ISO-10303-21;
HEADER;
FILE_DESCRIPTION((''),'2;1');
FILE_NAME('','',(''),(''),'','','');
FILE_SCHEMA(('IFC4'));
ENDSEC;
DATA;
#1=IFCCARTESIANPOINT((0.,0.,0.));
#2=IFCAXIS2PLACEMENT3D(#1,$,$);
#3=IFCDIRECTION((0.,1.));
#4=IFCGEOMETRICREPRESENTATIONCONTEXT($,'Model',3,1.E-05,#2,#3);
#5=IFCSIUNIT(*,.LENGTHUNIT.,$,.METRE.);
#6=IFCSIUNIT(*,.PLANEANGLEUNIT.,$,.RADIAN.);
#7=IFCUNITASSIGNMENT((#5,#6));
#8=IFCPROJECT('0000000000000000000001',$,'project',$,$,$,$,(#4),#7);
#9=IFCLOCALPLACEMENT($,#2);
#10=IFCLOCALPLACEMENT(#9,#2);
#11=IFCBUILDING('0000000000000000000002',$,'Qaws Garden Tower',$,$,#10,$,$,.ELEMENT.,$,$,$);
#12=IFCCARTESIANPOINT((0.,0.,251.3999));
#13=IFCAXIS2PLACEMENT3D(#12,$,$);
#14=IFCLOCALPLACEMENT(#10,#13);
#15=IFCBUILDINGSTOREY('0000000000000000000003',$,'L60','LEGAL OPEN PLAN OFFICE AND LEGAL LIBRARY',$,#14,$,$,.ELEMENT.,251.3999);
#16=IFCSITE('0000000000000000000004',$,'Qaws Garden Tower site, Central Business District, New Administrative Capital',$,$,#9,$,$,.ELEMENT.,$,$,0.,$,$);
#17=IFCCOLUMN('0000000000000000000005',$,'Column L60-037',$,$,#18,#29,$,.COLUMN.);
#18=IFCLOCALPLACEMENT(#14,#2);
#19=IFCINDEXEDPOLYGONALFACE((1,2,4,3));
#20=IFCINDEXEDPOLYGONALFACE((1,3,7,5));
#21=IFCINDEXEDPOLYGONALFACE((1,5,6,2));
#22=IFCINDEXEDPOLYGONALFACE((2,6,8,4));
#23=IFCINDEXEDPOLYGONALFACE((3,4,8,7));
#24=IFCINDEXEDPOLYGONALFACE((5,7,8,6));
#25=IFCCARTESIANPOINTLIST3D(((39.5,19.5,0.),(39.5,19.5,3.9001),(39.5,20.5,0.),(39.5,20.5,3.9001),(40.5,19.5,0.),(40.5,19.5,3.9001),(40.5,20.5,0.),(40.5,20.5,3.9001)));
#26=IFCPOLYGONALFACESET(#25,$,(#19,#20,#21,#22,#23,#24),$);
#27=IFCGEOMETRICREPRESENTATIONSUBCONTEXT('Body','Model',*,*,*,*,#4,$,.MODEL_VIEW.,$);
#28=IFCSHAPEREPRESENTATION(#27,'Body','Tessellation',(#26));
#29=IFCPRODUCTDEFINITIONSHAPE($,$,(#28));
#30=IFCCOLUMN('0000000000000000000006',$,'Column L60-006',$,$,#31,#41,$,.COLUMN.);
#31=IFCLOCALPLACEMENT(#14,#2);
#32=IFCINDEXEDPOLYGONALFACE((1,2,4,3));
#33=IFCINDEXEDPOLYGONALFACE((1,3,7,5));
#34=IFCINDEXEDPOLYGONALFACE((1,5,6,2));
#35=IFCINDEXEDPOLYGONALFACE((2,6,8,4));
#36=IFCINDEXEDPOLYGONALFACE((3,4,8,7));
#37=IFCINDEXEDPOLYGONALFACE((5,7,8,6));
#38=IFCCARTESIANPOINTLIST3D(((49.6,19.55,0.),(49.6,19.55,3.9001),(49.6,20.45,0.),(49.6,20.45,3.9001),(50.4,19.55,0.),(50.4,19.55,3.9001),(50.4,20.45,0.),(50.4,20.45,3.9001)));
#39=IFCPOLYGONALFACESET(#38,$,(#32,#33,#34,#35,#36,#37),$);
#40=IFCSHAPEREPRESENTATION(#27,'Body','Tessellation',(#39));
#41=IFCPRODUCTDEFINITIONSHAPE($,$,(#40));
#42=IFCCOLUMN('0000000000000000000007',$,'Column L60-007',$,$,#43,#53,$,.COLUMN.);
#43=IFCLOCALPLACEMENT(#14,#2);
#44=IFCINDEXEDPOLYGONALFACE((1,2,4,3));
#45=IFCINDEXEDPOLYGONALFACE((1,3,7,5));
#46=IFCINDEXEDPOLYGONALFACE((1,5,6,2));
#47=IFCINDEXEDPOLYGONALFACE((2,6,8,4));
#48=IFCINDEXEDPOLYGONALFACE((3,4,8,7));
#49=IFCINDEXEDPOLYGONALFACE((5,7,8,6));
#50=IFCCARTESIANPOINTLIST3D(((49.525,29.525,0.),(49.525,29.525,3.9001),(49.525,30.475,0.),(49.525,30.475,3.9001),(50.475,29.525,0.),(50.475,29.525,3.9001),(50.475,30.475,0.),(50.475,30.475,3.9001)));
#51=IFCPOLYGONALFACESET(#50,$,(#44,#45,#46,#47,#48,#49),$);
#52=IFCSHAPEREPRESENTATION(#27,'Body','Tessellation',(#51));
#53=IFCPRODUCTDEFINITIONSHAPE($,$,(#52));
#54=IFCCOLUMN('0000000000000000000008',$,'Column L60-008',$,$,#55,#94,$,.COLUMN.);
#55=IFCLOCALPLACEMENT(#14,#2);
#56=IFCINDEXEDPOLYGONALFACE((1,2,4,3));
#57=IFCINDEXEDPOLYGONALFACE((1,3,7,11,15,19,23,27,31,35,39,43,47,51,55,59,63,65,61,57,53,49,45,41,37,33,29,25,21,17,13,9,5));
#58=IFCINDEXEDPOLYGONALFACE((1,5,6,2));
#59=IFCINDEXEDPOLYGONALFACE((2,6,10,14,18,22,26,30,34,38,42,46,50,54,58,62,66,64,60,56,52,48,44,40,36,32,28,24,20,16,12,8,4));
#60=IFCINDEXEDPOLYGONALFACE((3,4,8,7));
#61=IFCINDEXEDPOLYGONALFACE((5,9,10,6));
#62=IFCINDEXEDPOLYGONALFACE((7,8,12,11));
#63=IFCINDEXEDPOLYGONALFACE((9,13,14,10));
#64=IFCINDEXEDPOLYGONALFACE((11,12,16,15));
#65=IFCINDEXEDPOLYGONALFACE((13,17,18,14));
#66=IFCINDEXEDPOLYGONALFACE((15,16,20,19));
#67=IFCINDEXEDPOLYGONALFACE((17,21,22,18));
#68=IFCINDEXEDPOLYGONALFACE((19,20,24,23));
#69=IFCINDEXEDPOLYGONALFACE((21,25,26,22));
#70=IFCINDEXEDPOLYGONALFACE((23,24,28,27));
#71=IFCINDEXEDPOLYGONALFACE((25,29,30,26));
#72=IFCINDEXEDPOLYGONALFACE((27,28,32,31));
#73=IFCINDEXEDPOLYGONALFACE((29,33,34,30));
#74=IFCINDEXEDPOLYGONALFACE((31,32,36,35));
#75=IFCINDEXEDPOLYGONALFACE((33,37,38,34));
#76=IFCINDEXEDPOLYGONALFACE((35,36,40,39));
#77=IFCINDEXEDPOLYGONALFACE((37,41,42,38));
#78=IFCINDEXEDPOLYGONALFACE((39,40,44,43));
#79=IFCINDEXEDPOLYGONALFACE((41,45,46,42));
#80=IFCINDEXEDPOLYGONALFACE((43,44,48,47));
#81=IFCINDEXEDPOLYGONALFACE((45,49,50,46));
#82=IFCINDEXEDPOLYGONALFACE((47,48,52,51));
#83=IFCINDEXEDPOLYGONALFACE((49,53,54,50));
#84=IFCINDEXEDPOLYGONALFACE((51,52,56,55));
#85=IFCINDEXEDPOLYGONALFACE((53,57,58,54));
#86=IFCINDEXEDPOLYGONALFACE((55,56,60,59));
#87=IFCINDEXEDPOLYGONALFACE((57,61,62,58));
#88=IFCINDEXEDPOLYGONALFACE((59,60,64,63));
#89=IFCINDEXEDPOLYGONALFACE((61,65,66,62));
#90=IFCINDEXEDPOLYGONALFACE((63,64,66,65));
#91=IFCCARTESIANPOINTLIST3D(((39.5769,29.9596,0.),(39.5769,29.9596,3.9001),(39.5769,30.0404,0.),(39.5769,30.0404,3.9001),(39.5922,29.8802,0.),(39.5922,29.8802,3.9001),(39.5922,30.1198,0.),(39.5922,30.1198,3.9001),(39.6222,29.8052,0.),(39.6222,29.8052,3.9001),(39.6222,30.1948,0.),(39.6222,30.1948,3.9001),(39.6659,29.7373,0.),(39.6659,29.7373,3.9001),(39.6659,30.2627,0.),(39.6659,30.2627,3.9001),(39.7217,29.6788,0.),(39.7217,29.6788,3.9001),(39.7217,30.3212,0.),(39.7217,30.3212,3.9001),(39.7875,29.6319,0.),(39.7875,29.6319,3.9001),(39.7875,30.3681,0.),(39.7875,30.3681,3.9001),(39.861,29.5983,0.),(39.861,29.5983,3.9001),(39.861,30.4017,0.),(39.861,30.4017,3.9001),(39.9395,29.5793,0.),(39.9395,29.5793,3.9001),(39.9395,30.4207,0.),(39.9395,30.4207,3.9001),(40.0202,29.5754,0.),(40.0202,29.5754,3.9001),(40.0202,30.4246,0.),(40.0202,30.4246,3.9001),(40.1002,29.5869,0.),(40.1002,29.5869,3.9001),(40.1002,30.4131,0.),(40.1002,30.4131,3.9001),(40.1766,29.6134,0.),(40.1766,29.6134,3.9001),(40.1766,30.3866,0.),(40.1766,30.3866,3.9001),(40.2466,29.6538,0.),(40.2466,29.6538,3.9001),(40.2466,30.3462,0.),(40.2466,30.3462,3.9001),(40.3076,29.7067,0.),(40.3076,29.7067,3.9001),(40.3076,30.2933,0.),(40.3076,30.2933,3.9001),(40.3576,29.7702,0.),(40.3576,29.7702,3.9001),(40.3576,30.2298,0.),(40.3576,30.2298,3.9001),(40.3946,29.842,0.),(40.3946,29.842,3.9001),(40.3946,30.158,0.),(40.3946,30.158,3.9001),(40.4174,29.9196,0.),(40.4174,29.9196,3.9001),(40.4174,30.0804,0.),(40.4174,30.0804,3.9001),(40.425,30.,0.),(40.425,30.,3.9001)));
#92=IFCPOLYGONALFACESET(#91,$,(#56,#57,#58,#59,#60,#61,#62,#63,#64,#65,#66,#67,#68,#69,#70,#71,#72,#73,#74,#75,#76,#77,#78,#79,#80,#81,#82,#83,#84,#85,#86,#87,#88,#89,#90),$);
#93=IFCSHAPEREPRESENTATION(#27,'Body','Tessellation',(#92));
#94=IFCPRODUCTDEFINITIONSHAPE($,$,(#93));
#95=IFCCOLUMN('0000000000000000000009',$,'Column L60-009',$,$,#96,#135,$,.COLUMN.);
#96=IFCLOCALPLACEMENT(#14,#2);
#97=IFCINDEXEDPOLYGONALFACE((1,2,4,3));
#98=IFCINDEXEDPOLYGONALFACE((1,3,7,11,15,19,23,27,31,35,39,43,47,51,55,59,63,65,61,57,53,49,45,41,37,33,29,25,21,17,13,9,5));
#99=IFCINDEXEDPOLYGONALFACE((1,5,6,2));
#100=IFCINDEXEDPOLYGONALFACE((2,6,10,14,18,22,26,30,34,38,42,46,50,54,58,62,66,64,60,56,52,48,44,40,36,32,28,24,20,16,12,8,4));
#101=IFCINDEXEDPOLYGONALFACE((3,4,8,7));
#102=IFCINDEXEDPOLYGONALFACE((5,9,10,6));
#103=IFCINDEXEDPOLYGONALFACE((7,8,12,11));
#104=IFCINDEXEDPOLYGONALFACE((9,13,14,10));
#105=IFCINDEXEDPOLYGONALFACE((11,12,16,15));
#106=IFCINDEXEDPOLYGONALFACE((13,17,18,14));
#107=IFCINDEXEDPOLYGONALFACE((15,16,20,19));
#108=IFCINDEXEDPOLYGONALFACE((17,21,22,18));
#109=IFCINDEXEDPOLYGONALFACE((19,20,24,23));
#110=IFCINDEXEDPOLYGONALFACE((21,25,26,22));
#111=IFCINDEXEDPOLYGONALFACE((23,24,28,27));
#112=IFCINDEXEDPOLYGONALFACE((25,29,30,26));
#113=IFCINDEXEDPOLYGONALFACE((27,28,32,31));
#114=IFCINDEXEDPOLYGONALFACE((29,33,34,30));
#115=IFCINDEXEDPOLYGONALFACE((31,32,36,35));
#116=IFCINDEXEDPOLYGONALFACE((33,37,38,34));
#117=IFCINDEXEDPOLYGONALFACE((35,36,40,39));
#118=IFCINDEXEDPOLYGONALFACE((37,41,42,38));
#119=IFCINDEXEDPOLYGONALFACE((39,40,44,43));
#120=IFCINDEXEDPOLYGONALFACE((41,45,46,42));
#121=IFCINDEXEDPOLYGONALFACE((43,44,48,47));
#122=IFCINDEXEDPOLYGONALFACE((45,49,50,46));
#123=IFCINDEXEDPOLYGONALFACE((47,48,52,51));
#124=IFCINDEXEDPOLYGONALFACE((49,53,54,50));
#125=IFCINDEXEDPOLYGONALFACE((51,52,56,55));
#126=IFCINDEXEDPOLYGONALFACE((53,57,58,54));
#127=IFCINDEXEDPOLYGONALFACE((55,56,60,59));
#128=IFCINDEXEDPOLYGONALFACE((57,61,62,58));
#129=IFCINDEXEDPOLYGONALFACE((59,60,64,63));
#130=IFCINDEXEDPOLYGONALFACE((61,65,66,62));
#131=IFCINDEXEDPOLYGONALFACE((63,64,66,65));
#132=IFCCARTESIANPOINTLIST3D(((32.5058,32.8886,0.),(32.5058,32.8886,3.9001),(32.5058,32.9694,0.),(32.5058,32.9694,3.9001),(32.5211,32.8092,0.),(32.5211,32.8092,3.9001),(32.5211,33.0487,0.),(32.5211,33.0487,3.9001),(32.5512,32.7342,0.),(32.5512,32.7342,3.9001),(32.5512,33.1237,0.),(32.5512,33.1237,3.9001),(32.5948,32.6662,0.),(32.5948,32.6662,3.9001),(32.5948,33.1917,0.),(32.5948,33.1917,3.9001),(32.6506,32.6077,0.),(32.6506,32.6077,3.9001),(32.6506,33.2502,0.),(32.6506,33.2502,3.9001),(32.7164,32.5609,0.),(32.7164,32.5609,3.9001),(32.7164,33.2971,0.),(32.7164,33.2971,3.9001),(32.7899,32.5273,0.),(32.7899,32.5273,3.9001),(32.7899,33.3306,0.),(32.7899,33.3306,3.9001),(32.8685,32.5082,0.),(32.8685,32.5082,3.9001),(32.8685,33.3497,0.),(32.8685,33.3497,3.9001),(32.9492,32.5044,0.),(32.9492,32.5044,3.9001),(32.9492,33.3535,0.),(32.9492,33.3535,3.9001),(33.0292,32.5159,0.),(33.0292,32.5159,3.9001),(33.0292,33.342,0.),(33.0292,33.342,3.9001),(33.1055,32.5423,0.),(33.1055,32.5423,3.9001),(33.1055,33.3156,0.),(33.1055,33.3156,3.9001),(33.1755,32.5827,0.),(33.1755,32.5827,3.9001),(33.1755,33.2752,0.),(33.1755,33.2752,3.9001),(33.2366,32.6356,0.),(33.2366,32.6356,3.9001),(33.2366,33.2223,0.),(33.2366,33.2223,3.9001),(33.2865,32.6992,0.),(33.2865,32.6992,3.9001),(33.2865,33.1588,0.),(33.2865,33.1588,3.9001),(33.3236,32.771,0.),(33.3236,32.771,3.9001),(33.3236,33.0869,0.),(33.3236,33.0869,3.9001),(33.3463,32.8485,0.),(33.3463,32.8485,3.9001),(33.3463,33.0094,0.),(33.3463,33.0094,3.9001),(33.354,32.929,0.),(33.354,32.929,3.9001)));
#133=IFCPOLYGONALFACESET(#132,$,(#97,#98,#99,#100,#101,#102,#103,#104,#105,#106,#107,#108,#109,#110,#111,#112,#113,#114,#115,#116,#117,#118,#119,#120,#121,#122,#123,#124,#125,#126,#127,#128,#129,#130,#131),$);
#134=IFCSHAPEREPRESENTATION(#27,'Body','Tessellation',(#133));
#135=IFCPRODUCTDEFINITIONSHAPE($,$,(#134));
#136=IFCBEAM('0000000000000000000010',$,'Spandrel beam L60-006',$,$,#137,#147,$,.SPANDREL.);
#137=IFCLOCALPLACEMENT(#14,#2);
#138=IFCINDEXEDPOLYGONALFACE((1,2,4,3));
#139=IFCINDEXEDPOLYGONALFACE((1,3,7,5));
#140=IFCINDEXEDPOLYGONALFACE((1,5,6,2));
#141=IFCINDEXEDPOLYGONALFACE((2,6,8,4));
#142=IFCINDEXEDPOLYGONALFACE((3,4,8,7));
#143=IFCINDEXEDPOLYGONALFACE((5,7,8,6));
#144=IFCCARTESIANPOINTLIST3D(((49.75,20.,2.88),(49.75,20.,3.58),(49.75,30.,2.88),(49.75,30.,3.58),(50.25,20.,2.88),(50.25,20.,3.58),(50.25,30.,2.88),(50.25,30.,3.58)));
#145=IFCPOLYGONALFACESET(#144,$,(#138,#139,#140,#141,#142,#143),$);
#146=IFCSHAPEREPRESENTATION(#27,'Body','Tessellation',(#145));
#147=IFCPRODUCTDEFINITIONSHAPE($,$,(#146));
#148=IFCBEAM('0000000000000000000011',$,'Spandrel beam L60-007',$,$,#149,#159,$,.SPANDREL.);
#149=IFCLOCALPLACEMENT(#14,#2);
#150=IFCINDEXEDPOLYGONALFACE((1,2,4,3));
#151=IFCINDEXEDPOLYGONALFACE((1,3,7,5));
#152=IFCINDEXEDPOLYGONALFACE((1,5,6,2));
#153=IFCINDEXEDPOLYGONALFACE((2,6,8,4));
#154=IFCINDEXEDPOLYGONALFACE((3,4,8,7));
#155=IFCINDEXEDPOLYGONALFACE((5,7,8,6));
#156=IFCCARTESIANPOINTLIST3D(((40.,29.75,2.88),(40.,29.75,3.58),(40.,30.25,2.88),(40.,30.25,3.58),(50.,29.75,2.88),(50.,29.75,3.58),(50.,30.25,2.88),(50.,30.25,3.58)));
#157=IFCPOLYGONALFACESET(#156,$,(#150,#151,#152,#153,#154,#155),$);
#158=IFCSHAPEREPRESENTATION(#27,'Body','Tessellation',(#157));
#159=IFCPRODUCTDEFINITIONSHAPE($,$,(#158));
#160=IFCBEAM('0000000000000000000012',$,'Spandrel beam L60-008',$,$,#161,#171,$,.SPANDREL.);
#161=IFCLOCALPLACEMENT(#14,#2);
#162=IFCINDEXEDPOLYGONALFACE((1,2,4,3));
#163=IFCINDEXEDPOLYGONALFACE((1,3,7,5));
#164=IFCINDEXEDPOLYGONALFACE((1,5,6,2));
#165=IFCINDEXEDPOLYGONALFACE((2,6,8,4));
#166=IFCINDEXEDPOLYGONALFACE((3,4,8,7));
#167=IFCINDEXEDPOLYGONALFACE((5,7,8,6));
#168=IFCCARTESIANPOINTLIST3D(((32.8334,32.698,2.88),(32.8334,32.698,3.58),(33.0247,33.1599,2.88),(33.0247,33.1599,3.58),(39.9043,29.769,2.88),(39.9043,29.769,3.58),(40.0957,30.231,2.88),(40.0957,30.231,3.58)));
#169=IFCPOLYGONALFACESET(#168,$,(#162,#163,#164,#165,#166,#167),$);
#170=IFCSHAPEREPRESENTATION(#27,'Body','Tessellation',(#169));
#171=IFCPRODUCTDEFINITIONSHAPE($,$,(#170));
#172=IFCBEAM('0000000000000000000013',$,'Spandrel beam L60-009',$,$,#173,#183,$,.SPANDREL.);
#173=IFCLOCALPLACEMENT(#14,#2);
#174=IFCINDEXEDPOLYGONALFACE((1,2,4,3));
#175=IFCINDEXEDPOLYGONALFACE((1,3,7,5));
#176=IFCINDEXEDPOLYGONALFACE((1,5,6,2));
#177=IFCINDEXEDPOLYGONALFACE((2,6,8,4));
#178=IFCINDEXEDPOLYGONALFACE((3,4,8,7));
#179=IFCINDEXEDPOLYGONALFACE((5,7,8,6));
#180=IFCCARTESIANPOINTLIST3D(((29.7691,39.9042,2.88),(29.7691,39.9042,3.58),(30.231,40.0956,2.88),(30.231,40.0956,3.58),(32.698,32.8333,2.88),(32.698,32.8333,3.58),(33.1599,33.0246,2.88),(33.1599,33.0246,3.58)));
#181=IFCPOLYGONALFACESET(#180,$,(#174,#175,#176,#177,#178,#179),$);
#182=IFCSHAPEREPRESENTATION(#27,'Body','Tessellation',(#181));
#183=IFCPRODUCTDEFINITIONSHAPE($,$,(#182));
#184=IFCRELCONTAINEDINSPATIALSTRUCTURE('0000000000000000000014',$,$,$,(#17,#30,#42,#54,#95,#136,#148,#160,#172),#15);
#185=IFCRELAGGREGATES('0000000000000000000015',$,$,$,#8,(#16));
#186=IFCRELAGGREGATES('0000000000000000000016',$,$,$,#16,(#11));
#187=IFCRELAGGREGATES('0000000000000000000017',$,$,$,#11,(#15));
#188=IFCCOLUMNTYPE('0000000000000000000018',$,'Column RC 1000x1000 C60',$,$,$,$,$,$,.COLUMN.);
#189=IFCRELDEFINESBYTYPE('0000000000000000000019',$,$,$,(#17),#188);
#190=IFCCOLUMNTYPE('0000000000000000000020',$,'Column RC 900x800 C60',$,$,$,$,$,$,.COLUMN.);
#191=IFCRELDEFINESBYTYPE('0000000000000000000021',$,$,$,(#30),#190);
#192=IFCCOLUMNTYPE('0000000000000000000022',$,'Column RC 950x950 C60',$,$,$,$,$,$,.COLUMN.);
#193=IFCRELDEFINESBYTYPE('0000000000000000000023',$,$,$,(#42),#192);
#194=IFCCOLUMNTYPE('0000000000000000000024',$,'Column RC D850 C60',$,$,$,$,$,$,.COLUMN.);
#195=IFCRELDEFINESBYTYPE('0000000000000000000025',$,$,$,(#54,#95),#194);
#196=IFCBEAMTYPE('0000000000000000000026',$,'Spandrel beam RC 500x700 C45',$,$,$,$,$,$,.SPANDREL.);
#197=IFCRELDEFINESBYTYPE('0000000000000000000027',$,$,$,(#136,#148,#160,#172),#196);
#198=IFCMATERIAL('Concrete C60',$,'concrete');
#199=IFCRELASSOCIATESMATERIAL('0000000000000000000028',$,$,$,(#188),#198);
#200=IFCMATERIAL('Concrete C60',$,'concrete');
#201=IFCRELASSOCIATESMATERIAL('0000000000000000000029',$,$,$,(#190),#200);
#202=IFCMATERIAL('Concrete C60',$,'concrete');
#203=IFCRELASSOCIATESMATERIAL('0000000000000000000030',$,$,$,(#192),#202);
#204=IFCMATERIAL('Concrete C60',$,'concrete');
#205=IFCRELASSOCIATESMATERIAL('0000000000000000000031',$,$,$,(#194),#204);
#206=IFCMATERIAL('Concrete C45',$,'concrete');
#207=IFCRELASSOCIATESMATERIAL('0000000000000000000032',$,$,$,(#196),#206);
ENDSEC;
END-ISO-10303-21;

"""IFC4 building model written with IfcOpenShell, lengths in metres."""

from ifc_helpers import new_model, si_unit, direction, frame, origin, origin_2d, place, context, subcontext, project, spatial, rectangle, circle, extrude, material, material_profile, profile_set, type_object, element, save


model = new_model("IFC4")

# Units and contexts
model_context = context("Model", 3, precision=1e-05, world=origin(), true_north=direction((0.0, 1.0)))
body_context = subcontext(model_context, "Body", "Model", "MODEL_VIEW")
ifc_project = project(units=[si_unit("LENGTHUNIT", "METRE"), si_unit("PLANEANGLEUNIT", "RADIAN")], contexts=[model_context])

# Site, building, storey
site_placement = place(None, origin())
site = spatial("IfcSite", under=ifc_project, at=site_placement, Name="Qaws Garden Tower site, Central Business District, New Administrative Capital", CompositionType="ELEMENT", RefElevation=0.0)
building_placement = place(site_placement, origin())
building = spatial("IfcBuilding", under=site, at=building_placement, Name="Qaws Garden Tower", CompositionType="ELEMENT")
storey_placement = place(building_placement, frame((0.0, 0.0, 251.3999)))
storey = spatial("IfcBuildingStorey", under=building, at=storey_placement, Name="L60", Description="LEGAL OPEN PLAN OFFICE AND LEGAL LIBRARY", CompositionType="ELEMENT", Elevation=251.3999)

# Columns
ifc_material_1 = material(Name="Concrete C60", Category="concrete")
ifc_material_profile_1 = material_profile(ifc_material_1, rectangle(XDim=1.0, YDim=1.0, at=origin_2d()), Name="RC 1000x1000")
ifc_profile_set_1 = profile_set([ifc_material_profile_1], Name="Concrete C60")
column_type_1 = type_object("IfcColumnType", Name="Column RC 1000x1000 C60", PredefinedType="COLUMN", material=ifc_profile_set_1)
column_1_placement = place(storey_placement, frame((40.0, 20.0, 0.0), z_axis=(0.0, 0.0, 1.0), x_axis=(1.0, 0.0, 0.0)))
element("IfcColumn", 1, at=column_1_placement, inside=storey, type_object=column_type_1, Name="Column L60-037", PredefinedType="COLUMN", context=body_context, shape_type="SweptSolid", body=[
    extrude(rectangle(XDim=1.0, YDim=1.0, at=origin_2d()), origin(), (0.0, 0.0, 1.0), 3.9001),
])
ifc_material_2 = material(Name="Concrete C60", Category="concrete")
ifc_material_profile_2 = material_profile(ifc_material_2, rectangle(XDim=0.8999, YDim=0.8, at=origin_2d()), Name="RC 900x800")
ifc_profile_set_2 = profile_set([ifc_material_profile_2], Name="Concrete C60")
column_type_2 = type_object("IfcColumnType", Name="Column RC 900x800 C60", PredefinedType="COLUMN", material=ifc_profile_set_2)
column_2_placement = place(storey_placement, frame((50.0, 20.0, 0.0), z_axis=(0.0, 0.0, 1.0), x_axis=(0.0, 1.0, 0.0)))
element("IfcColumn", 2, at=column_2_placement, inside=storey, type_object=column_type_2, Name="Column L60-006", PredefinedType="COLUMN", context=body_context, shape_type="SweptSolid", body=[
    extrude(rectangle(XDim=0.8999, YDim=0.8, at=origin_2d()), origin(), (0.0, 0.0, 1.0), 3.9001),
])
ifc_material_3 = material(Name="Concrete C60", Category="concrete")
ifc_material_profile_3 = material_profile(ifc_material_3, rectangle(XDim=0.95, YDim=0.95, at=origin_2d()), Name="RC 950x950")
ifc_profile_set_3 = profile_set([ifc_material_profile_3], Name="Concrete C60")
column_type_3 = type_object("IfcColumnType", Name="Column RC 950x950 C60", PredefinedType="COLUMN", material=ifc_profile_set_3)
column_3_placement = place(storey_placement, frame((50.0, 30.0, 0.0), z_axis=(0.0, 0.0, 1.0), x_axis=(1.0, 0.0, 0.0)))
element("IfcColumn", 3, at=column_3_placement, inside=storey, type_object=column_type_3, Name="Column L60-007", PredefinedType="COLUMN", context=body_context, shape_type="SweptSolid", body=[
    extrude(rectangle(XDim=0.95, YDim=0.95, at=origin_2d()), origin(), (0.0, 0.0, 1.0), 3.9001),
])
ifc_material_4 = material(Name="Concrete C60", Category="concrete")
ifc_material_profile_4 = material_profile(ifc_material_4, circle(Radius=0.425, at=origin_2d()), Name="RC D850")
ifc_profile_set_4 = profile_set([ifc_material_profile_4], Name="Concrete C60")
column_type_4 = type_object("IfcColumnType", Name="Column RC D850 C60", PredefinedType="COLUMN", material=ifc_profile_set_4)
for number, where, z_axis, x_axis, name in (
    (4, (40.0, 30.0, 0.0), (0.0, 0.0, 1.0), (1.0, 0.0, 0.0), "Column L60-008"),
    (5, (32.929, 32.929, 0.0), (0.0, 0.0, 1.0), (1.0, 0.0, 0.0), "Column L60-009"),
):
    element("IfcColumn", number, at=place(storey_placement, frame(where, z_axis=z_axis, x_axis=x_axis)), inside=storey, type_object=column_type_4, Name=name, PredefinedType="COLUMN", context=body_context, shape_type="SweptSolid", body=[
        extrude(circle(Radius=0.425, at=origin_2d()), origin(), (0.0, 0.0, 1.0), 3.9001),
    ])

# Beams
ifc_material_5 = material(Name="Concrete C45", Category="concrete")
ifc_material_profile_5 = material_profile(ifc_material_5, rectangle(XDim=0.5, YDim=0.7, at=origin_2d()), Name="RC 500x700")
ifc_profile_set_5 = profile_set([ifc_material_profile_5], Name="Concrete C45")
beam_type = type_object("IfcBeamType", Name="Spandrel beam RC 500x700 C45", PredefinedType="SPANDREL", material=ifc_profile_set_5)
for number, where, z_axis, x_axis, name in (
    (6, (50.0, 20.0, 3.23), (0.0, 1.0, 0.0), (-1.0, 0.0, 0.0), "Spandrel beam L60-006"),
    (7, (50.0, 30.0, 3.23), (-1.0, 0.0, 0.0), (0.0, -1.0, 0.0), "Spandrel beam L60-007"),
):
    element("IfcBeam", number, at=place(storey_placement, frame(where, z_axis=z_axis, x_axis=x_axis)), inside=storey, type_object=beam_type, Name=name, PredefinedType="SPANDREL", context=body_context, shape_type="SweptSolid", body=[
        extrude(rectangle(XDim=0.5, YDim=0.7, at=origin_2d()), origin(), (0.0, 0.0, 1.0), 10.0),
    ])
for number, where, z_axis, x_axis, name in (
    (8, (40.0, 30.0, 3.23), (-0.923878, 0.382687, 0.0), (-0.382687, -0.923878, 0.0), "Spandrel beam L60-008"),
    (9, (32.929, 32.929, 3.23), (-0.382687, 0.923878, 0.0), (-0.923878, -0.382687, 0.0), "Spandrel beam L60-009"),
):
    element("IfcBeam", number, at=place(storey_placement, frame(where, z_axis=z_axis, x_axis=x_axis)), inside=storey, type_object=beam_type, Name=name, PredefinedType="SPANDREL", context=body_context, shape_type="SweptSolid", body=[
        extrude(rectangle(XDim=0.5, YDim=0.7, at=origin_2d()), origin(), (0.0, 0.0, 1.0), 7.6536),
    ])

save(model, "model.ifc")
